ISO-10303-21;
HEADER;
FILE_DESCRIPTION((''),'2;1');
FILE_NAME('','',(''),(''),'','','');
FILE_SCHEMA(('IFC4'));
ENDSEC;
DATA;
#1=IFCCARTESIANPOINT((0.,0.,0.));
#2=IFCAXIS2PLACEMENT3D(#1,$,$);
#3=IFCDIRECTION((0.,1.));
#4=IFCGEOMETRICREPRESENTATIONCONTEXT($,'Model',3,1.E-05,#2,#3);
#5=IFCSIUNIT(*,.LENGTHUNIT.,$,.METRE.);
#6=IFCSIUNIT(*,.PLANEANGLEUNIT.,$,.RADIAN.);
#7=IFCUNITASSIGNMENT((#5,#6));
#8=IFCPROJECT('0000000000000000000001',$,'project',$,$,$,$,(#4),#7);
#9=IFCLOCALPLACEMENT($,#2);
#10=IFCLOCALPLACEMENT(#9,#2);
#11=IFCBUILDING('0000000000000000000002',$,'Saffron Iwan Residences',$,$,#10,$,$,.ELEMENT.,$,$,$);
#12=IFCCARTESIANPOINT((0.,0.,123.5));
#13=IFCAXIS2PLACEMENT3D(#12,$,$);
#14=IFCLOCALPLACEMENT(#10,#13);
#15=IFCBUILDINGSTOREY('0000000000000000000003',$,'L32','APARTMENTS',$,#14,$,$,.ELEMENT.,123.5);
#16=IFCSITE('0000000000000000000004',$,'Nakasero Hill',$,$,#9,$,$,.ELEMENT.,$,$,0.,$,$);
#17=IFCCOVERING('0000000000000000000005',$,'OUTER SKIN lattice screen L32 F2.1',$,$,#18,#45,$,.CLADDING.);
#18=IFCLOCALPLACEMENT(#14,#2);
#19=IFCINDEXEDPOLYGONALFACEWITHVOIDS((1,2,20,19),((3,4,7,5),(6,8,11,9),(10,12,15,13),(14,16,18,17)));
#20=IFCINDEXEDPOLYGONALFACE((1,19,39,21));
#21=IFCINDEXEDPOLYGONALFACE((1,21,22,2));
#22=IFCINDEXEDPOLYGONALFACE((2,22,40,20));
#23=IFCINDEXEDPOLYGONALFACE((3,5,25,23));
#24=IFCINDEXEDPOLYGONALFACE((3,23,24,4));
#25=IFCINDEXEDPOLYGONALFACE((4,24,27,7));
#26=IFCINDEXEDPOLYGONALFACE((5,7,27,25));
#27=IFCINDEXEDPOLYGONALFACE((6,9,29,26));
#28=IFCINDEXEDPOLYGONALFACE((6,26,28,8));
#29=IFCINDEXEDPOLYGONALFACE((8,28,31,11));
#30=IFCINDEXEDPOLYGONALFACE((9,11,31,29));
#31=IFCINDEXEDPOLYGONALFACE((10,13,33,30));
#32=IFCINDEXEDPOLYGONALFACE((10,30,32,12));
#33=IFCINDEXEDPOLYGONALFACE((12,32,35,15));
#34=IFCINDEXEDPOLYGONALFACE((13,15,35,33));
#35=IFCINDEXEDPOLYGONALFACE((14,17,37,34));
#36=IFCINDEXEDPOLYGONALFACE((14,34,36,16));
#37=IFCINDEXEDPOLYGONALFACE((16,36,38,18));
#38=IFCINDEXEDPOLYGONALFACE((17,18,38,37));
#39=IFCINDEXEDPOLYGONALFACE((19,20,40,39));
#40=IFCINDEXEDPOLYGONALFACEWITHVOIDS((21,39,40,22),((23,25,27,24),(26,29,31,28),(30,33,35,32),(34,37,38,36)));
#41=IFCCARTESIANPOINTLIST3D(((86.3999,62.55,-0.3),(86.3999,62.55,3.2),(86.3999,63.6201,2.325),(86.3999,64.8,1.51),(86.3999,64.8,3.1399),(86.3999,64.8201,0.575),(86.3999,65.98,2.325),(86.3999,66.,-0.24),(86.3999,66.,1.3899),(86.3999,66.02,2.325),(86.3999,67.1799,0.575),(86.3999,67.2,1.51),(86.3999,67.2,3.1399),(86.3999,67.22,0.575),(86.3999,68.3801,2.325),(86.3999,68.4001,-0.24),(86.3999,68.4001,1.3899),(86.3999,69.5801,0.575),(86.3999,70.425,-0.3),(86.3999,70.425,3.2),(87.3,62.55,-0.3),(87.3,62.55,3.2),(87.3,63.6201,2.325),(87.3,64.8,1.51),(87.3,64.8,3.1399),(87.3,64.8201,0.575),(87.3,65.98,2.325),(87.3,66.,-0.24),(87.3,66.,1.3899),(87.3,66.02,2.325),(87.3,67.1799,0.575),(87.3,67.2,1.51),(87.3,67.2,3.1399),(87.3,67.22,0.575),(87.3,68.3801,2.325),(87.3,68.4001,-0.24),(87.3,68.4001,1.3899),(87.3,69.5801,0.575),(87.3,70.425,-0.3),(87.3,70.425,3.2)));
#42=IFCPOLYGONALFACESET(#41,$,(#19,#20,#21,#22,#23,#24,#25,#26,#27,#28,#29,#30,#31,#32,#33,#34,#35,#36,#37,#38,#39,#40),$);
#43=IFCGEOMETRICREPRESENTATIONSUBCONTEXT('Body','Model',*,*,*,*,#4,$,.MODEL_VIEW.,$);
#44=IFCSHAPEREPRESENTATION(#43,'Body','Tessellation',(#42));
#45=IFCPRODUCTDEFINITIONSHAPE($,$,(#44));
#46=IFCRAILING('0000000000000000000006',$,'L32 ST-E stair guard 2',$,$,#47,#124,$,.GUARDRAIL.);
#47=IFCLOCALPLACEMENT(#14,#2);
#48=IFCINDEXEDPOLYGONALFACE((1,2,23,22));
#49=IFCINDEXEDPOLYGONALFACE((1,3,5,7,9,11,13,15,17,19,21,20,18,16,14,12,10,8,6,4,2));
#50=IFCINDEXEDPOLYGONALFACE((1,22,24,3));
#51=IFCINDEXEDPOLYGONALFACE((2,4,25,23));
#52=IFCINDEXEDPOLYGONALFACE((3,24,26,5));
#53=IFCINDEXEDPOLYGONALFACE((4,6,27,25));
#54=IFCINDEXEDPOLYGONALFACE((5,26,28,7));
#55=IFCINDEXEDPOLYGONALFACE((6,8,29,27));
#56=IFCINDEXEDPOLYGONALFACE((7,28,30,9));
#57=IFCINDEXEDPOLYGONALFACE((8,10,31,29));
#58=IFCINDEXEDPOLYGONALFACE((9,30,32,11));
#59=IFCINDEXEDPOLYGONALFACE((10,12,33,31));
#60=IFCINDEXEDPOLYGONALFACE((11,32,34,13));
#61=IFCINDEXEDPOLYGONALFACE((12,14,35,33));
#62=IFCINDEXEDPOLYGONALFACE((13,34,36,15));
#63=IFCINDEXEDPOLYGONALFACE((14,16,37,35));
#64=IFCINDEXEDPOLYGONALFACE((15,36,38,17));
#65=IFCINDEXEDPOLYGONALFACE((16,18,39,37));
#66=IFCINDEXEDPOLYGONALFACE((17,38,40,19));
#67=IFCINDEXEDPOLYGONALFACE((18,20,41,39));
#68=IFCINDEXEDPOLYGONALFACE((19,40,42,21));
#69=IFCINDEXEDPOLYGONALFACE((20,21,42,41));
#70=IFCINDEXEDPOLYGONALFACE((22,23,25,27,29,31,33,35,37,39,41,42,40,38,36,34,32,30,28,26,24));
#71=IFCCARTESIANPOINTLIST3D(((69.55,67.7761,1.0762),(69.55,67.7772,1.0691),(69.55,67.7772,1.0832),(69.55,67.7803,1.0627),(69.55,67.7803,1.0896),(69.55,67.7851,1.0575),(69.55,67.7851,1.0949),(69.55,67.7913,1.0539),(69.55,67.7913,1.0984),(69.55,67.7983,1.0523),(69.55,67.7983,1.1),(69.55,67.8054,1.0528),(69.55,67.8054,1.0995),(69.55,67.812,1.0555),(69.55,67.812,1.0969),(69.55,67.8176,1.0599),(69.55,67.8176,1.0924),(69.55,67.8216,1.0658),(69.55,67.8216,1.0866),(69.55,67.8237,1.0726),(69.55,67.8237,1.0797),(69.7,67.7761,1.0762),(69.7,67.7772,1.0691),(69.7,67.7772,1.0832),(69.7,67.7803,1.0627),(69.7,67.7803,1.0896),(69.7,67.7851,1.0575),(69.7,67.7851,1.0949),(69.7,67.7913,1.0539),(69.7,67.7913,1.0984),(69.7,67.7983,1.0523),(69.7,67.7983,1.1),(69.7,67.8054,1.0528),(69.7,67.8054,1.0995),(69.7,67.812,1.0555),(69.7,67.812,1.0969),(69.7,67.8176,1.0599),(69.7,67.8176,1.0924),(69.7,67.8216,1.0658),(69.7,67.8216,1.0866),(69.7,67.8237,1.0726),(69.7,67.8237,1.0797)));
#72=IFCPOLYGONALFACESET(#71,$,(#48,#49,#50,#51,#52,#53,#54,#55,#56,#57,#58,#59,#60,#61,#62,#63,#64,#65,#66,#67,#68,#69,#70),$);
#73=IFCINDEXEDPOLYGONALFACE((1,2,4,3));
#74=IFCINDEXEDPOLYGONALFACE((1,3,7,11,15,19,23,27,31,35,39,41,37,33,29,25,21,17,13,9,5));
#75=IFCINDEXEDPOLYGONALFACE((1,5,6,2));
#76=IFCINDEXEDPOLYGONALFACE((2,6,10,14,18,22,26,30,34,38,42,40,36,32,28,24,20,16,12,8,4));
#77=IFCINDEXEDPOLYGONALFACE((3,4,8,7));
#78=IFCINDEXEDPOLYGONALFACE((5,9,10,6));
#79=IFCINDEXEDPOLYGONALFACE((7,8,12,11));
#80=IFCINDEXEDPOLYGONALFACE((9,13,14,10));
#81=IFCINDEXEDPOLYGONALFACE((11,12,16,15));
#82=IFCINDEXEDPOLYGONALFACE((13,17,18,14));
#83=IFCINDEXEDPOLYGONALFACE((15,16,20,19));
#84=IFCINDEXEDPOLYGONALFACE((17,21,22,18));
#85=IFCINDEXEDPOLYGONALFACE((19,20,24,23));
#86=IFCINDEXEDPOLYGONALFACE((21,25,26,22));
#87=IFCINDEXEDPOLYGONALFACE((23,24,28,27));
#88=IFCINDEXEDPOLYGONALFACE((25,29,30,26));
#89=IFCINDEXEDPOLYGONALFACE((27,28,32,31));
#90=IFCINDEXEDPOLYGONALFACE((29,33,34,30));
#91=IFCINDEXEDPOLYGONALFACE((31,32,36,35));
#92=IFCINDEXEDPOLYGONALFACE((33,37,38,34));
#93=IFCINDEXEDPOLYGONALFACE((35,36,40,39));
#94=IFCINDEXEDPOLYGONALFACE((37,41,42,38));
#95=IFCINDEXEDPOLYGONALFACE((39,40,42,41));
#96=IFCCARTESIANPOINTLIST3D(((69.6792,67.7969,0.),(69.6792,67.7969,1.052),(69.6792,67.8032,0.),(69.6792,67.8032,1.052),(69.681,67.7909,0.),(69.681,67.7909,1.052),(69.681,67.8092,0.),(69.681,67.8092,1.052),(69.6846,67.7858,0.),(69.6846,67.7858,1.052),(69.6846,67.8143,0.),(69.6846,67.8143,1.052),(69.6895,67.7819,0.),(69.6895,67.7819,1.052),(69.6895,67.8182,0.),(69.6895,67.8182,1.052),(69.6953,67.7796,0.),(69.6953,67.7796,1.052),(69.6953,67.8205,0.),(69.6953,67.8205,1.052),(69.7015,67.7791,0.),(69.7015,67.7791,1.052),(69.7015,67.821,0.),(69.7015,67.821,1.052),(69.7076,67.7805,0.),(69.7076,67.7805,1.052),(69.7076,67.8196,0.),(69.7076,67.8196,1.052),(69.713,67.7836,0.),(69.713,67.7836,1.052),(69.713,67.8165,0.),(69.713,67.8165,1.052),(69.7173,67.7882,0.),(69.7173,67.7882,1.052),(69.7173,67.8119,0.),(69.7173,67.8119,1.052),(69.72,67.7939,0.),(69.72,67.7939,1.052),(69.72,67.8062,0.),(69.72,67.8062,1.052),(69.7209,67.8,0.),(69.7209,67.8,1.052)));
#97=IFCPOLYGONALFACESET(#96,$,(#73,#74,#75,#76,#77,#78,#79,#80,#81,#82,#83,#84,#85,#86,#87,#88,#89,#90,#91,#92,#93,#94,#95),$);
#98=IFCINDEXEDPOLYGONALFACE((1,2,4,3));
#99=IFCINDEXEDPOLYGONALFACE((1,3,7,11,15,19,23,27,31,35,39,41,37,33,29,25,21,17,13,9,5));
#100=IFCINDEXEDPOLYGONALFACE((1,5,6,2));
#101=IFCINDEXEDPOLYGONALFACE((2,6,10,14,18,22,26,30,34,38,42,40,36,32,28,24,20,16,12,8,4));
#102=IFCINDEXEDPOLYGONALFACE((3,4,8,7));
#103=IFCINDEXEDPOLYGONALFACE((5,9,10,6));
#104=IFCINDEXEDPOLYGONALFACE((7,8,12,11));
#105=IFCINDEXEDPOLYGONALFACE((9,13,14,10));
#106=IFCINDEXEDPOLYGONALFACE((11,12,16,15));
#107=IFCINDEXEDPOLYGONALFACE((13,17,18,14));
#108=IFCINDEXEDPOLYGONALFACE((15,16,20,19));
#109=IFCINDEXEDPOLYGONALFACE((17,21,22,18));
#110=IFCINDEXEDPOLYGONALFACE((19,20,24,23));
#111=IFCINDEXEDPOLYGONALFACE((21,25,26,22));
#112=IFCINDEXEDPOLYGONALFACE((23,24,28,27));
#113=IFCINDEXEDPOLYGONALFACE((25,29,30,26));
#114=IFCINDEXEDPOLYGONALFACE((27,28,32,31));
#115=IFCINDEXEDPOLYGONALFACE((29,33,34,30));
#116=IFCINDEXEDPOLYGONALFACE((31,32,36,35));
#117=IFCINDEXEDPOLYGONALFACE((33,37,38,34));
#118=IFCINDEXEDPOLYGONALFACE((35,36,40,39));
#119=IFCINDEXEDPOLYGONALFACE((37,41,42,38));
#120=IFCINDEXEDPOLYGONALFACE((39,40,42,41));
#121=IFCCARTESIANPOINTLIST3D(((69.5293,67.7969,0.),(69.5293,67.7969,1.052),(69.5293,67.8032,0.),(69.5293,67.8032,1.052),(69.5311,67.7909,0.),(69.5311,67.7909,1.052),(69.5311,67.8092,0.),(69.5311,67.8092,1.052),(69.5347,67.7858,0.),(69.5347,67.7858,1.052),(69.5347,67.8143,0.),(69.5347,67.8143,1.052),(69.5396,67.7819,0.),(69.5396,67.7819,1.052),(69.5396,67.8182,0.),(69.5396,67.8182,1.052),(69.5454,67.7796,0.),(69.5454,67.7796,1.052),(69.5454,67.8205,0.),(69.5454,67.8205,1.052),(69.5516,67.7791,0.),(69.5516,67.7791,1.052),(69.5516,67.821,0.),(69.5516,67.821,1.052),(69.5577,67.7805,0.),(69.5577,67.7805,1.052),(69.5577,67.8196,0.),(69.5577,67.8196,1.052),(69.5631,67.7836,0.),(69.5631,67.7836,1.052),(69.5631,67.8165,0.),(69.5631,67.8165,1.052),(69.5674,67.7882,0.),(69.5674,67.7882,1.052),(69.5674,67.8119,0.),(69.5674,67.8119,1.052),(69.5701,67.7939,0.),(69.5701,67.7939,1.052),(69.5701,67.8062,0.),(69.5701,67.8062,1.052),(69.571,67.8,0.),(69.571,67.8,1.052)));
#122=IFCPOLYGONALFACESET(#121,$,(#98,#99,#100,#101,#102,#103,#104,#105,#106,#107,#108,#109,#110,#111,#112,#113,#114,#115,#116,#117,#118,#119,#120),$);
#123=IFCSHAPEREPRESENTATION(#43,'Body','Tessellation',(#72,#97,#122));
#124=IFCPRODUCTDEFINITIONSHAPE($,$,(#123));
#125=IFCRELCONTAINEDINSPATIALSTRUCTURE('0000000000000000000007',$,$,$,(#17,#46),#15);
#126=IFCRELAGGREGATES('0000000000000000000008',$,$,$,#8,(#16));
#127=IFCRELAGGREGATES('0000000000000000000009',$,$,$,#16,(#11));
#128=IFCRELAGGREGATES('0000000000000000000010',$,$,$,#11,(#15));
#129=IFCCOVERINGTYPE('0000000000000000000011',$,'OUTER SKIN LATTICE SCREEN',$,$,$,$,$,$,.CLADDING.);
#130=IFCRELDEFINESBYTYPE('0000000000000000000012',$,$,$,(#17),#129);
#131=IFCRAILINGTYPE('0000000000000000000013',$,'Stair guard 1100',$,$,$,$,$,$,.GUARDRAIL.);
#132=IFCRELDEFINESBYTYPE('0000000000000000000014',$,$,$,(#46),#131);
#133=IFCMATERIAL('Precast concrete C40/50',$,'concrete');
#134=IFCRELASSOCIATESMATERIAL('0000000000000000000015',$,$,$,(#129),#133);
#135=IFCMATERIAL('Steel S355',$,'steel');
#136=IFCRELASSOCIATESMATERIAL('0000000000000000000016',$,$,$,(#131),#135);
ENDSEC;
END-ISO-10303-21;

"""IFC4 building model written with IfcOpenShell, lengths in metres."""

from ifc_helpers import new_model, si_unit, direction, frame, origin, origin_2d, place, context, subcontext, project, spatial, polyline, circle, outline, extrude, material, type_object, element, save


model = new_model("IFC4")

# Units and contexts
model_context = context("Model", 3, precision=1e-05, world=origin(), true_north=direction((0.0, 1.0)))
body_context = subcontext(model_context, "Body", "Model", "MODEL_VIEW")
ifc_project = project(units=[si_unit("LENGTHUNIT", "METRE"), si_unit("PLANEANGLEUNIT", "RADIAN")], contexts=[model_context])

# Site, building, storey
site_placement = place(None, origin())
site = spatial("IfcSite", under=ifc_project, at=site_placement, Name="Nakasero Hill", CompositionType="ELEMENT", RefElevation=0.0)
building_placement = place(site_placement, origin())
building = spatial("IfcBuilding", under=site, at=building_placement, Name="Saffron Iwan Residences", CompositionType="ELEMENT")
storey_placement = place(building_placement, frame((0.0, 0.0, 123.5)))
storey = spatial("IfcBuildingStorey", under=building, at=storey_placement, Name="L32", Description="APARTMENTS", CompositionType="ELEMENT", Elevation=123.5)

# Covering
ifc_material_1 = material(Name="Precast concrete C40/50", Category="concrete")
covering_type = type_object("IfcCoveringType", Name="OUTER SKIN LATTICE SCREEN", PredefinedType="CLADDING", material=ifc_material_1)
covering_placement = place(storey_placement, frame((86.3999, 62.55, -0.3), z_axis=(1.0, 0.0, 0.0), x_axis=(0.0, 1.0, 0.0)))
element("IfcCovering", 1, at=covering_placement, inside=storey, type_object=covering_type, Name="OUTER SKIN lattice screen L32 F2.1", PredefinedType="CLADDING", context=body_context, shape_type="SweptSolid", body=[
    extrude(outline(polyline([(0.0, 0.0), (7.875, 0.0), (7.875, 3.5), (0.0, 3.5), (0.0, 0.0)]), holes=[polyline([(2.27, 0.875), (3.45, 0.0601), (4.6299, 0.875), (3.45, 1.6899), (2.27, 0.875)]), polyline([(4.6699, 0.875), (5.8501, 0.0601), (7.03, 0.875), (5.8501, 1.6899), (4.6699, 0.875)]), polyline([(1.0701, 2.625), (2.25, 1.8101), (3.4299, 2.625), (2.25, 3.4399), (1.0701, 2.625)]), polyline([(3.47, 2.625), (4.6499, 1.8101), (5.8301, 2.625), (4.6499, 3.4399), (3.47, 2.625)])]), origin(), (0.0, 0.0, 1.0), 0.9001),
])

# Railing
ifc_material_2 = material(Name="Steel S355", Category="steel")
railing_type_1 = type_object("IfcRailingType", Name="Stair guard 1100", PredefinedType="GUARDRAIL", material=ifc_material_2)
railing_1_placement = place(storey_placement, frame((69.7, 67.8, 0.0)))
element("IfcRailing", 2, at=railing_1_placement, inside=storey, type_object=railing_type_1, Name="L32 ST-E stair guard 2", PredefinedType="GUARDRAIL", context=body_context, shape_type="SweptSolid", body=[
    extrude(circle(Radius=0.0239, at=origin_2d()), frame((0.0, 0.0, 1.0762), z_axis=(-1.0, 0.0, 0.0), x_axis=(0.0, -1.0, 0.0)), (0.0, 0.0, 1.0), 0.1499),
    extrude(circle(Radius=0.021, at=origin_2d()), origin(), (0.0, 0.0, 1.0), 1.052),
    extrude(circle(Radius=0.021, at=origin_2d()), frame((-0.1499, 0.0, 0.0)), (0.0, 0.0, 1.0), 1.052),
])

save(model, "model.ifc")
